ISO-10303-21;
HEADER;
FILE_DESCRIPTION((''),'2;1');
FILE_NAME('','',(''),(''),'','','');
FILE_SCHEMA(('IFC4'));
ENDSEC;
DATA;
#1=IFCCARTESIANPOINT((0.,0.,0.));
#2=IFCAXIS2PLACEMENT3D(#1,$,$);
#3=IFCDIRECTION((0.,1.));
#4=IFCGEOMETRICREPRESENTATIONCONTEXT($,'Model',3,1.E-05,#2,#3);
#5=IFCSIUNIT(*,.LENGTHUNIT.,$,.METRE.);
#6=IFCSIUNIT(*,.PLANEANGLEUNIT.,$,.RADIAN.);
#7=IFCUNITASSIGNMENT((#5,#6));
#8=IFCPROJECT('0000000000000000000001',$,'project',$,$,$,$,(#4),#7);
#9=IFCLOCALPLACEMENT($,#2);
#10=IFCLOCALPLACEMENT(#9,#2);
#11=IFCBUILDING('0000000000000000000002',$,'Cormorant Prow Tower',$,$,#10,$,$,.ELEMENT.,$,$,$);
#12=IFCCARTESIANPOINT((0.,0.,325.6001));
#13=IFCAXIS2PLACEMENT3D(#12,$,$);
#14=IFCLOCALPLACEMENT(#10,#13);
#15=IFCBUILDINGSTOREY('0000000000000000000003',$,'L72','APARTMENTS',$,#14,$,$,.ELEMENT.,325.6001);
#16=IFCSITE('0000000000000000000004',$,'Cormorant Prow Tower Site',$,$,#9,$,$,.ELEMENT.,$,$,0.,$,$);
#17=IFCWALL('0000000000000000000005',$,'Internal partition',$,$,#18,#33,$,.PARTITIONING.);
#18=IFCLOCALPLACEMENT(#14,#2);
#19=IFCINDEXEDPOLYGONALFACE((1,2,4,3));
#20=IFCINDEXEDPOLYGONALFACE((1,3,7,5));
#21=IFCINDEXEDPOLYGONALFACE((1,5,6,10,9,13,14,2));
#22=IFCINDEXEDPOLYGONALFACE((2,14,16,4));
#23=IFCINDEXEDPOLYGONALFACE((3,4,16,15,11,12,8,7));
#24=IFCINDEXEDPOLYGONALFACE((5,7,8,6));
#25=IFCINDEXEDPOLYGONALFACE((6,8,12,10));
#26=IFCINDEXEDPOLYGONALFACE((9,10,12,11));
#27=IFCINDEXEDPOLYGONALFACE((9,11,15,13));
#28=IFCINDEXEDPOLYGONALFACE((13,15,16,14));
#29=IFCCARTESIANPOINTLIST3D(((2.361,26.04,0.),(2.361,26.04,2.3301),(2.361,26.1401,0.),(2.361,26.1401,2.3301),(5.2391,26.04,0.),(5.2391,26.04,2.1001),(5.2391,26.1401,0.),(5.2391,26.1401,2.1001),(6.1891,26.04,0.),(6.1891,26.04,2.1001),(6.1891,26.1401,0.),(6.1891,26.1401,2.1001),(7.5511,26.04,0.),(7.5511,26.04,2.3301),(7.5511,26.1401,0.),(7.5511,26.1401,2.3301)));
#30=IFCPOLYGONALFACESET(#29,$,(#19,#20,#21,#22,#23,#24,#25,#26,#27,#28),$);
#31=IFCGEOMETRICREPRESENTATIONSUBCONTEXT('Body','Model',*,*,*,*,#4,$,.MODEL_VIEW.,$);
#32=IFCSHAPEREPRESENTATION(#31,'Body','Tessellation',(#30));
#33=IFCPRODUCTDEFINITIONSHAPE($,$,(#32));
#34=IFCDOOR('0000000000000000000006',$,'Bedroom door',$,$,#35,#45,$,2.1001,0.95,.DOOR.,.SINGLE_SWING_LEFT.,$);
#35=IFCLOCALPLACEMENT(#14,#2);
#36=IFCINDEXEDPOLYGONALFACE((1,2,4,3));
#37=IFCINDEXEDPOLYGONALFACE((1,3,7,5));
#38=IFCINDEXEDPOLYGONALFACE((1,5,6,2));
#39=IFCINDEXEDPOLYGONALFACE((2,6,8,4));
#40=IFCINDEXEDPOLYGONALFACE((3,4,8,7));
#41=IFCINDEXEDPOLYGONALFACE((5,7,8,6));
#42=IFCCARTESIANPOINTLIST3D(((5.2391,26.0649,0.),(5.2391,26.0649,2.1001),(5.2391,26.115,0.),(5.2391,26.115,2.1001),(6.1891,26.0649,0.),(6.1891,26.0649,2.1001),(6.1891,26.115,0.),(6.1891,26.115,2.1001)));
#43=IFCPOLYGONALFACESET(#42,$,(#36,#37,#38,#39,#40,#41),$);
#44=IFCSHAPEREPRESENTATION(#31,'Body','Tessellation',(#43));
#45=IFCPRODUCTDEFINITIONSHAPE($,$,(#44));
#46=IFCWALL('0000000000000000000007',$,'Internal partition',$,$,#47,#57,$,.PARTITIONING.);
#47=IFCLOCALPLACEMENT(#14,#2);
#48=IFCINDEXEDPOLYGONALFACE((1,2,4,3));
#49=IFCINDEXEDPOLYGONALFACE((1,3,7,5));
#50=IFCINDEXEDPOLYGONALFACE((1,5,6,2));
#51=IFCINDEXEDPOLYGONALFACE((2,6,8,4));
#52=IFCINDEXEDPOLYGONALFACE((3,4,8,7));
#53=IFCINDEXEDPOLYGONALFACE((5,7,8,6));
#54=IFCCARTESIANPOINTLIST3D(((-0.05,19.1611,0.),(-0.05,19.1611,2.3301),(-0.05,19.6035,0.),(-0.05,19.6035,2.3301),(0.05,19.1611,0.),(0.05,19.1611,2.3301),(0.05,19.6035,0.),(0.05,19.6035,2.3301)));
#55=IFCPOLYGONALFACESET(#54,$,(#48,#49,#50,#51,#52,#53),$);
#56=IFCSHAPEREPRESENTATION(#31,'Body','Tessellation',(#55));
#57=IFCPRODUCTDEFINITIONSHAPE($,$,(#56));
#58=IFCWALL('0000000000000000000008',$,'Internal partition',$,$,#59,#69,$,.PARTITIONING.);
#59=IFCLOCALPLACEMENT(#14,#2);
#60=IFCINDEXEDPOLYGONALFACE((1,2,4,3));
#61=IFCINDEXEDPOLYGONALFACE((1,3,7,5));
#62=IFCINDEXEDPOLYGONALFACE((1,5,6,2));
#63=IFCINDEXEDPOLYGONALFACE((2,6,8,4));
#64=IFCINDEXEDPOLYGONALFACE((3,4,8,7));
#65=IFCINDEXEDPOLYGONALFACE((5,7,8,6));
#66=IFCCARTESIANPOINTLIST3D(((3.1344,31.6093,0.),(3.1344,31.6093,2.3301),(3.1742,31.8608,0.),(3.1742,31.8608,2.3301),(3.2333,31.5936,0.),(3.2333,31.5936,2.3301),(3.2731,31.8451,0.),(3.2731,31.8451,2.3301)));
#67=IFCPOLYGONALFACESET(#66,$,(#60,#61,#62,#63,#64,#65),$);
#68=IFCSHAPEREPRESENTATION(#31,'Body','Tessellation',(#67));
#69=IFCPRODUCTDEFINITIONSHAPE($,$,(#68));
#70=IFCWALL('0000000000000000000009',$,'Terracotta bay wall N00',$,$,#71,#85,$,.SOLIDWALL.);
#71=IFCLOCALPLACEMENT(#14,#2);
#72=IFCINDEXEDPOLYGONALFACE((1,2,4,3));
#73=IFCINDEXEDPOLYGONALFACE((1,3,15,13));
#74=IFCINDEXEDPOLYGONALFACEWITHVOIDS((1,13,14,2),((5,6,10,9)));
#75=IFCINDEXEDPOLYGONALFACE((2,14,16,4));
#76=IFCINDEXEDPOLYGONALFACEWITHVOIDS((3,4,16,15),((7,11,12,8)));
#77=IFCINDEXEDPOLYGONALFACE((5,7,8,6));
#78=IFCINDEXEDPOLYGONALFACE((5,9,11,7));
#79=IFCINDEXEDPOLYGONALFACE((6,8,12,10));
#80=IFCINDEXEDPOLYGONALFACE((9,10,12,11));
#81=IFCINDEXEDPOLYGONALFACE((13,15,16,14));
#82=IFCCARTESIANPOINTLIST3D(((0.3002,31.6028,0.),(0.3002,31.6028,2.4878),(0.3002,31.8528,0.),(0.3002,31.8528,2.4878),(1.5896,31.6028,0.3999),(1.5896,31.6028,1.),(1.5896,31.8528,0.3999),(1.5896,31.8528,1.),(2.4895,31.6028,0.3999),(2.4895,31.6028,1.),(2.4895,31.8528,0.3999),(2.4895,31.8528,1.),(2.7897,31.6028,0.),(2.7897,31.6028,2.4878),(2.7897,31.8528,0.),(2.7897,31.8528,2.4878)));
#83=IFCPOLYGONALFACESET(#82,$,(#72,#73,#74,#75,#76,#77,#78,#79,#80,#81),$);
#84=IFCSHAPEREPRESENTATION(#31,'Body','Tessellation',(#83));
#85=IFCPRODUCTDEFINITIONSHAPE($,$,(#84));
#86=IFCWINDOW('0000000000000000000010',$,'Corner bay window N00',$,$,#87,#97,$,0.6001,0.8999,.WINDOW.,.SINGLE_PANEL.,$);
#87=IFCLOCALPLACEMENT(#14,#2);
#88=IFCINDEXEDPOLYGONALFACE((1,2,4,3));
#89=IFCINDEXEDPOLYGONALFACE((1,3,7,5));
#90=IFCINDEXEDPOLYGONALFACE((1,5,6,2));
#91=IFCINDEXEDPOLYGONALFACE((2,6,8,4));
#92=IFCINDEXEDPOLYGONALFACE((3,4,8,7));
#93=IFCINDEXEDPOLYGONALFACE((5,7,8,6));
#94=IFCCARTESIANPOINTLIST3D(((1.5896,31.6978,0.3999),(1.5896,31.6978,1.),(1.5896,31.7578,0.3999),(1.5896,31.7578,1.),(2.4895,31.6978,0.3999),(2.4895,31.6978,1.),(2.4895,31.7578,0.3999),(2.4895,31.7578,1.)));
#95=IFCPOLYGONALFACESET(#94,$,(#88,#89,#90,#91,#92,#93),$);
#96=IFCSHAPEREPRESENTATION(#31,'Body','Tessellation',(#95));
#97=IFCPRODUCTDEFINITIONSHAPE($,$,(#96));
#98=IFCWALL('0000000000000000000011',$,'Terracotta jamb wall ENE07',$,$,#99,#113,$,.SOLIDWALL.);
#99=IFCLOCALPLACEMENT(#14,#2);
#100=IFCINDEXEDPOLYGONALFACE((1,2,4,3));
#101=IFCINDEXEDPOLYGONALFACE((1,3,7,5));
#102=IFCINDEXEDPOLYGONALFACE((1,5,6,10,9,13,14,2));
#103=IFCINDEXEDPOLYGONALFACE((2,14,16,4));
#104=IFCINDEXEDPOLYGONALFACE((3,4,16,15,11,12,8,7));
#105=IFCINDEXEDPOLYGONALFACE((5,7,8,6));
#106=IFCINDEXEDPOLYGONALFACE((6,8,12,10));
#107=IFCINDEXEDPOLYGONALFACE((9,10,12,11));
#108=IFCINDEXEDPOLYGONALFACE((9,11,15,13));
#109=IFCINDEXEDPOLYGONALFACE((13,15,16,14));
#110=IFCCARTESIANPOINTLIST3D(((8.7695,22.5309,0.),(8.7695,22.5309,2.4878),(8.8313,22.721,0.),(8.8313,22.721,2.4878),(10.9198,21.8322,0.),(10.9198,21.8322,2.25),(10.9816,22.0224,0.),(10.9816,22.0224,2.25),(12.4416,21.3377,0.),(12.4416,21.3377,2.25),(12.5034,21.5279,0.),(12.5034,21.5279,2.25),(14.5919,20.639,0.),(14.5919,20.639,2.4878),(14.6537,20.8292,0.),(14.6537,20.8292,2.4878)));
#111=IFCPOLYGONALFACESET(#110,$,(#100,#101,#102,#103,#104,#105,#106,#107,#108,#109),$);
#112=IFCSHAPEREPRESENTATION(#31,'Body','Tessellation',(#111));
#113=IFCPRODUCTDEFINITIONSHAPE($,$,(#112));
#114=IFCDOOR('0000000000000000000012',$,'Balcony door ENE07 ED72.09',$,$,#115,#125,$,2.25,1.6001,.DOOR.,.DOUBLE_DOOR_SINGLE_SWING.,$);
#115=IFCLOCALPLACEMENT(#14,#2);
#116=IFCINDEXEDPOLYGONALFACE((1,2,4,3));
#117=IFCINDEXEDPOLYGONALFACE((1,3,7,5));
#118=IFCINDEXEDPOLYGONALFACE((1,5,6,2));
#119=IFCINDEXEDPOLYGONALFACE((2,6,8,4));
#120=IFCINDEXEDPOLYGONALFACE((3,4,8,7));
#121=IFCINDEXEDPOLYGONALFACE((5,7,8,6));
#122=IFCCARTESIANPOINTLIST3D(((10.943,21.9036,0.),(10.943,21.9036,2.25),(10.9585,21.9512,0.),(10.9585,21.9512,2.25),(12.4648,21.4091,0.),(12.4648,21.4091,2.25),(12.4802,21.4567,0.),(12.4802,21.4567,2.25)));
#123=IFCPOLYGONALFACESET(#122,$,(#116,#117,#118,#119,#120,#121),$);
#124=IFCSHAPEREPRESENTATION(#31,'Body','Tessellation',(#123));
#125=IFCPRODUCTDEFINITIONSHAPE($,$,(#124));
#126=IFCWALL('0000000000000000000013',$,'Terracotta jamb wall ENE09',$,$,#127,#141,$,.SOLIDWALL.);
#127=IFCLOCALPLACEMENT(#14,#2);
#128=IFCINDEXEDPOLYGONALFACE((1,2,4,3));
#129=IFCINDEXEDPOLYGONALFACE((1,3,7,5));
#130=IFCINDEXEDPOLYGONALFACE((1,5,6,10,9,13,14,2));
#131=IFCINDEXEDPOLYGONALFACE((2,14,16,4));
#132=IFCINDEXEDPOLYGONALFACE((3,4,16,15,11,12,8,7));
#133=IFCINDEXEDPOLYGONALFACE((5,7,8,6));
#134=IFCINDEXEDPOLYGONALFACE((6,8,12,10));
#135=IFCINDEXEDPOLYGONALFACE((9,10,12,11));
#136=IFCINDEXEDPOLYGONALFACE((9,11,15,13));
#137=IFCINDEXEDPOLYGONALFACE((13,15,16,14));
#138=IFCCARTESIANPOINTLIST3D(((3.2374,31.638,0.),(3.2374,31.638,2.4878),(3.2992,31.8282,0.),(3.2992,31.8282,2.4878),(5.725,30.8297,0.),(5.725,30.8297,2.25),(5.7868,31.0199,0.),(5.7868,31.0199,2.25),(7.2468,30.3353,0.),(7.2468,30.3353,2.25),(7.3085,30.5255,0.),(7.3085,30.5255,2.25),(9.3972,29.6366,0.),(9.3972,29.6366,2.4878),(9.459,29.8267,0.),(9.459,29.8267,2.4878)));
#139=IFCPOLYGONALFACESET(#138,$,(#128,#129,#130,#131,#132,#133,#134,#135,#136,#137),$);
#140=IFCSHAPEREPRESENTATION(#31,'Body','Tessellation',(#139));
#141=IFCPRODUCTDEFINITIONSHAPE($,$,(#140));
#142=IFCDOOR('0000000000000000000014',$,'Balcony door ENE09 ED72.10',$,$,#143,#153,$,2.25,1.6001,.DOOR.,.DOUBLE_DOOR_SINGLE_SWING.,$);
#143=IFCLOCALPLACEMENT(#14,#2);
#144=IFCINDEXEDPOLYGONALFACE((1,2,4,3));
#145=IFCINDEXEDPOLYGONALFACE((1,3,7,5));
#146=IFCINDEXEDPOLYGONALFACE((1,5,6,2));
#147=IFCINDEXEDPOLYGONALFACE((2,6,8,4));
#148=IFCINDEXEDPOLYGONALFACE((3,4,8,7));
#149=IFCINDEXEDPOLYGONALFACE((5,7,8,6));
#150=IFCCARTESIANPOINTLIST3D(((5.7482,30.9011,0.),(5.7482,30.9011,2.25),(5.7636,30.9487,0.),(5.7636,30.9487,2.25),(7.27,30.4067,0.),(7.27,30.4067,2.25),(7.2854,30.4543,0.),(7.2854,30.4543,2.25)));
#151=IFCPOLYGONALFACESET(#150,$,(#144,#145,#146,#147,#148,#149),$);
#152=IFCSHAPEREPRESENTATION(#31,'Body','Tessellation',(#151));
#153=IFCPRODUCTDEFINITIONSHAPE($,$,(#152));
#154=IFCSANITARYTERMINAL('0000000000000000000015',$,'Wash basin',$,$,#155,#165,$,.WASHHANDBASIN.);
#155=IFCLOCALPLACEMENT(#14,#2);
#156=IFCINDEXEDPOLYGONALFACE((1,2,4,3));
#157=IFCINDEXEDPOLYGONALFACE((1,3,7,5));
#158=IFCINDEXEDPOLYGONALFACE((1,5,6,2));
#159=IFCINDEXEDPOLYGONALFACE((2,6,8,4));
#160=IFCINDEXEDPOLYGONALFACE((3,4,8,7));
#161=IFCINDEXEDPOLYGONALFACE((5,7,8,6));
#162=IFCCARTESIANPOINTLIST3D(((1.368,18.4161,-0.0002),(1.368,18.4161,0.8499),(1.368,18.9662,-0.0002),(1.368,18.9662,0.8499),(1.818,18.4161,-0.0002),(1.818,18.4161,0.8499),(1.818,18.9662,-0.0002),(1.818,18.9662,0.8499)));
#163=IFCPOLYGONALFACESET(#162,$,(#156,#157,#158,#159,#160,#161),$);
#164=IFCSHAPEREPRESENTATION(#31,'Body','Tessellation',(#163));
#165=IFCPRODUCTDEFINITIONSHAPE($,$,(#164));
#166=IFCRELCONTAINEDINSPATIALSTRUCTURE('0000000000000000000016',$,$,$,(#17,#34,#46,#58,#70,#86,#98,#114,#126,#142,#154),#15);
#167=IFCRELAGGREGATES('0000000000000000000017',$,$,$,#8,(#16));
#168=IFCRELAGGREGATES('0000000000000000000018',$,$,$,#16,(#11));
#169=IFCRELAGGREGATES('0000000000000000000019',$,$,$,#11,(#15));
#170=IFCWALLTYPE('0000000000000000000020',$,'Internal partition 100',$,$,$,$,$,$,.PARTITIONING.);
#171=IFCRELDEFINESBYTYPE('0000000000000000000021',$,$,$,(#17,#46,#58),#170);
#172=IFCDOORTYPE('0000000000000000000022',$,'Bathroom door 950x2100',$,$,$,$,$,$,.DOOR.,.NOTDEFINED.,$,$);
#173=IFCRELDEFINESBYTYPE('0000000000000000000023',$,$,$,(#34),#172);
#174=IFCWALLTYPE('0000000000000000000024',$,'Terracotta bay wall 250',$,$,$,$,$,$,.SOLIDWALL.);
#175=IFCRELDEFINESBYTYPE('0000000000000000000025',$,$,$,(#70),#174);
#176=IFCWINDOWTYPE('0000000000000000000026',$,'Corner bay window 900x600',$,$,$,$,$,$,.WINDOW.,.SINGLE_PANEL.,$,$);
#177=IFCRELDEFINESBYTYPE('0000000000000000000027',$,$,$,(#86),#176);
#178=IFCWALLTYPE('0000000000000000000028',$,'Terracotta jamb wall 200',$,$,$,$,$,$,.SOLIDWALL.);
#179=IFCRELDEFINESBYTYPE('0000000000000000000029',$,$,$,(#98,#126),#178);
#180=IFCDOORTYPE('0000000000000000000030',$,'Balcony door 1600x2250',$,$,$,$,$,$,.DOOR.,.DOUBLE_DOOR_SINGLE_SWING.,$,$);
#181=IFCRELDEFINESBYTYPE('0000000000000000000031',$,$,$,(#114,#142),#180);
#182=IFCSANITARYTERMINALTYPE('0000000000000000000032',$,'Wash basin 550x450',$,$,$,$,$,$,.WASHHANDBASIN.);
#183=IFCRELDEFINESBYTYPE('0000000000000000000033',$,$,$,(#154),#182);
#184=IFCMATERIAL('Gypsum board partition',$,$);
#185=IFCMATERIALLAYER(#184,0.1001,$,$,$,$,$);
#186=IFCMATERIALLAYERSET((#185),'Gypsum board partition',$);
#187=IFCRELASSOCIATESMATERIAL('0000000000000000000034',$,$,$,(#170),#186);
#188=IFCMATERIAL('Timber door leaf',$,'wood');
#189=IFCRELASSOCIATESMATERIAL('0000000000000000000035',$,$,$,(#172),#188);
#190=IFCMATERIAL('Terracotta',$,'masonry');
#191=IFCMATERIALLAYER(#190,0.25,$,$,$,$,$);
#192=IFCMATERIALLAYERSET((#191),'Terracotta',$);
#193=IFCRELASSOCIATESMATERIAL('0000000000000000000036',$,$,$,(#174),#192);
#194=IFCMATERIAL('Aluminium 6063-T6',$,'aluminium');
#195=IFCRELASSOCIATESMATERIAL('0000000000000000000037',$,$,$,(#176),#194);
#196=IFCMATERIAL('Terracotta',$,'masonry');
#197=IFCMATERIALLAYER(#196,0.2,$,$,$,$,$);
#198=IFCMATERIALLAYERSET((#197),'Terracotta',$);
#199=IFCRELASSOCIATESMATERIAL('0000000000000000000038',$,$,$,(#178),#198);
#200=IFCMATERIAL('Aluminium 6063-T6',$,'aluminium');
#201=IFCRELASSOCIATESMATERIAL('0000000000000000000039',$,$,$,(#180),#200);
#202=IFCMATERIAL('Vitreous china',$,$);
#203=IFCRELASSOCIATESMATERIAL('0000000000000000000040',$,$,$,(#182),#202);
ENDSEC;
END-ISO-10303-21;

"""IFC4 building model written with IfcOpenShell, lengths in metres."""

from ifc_helpers import new_model, si_unit, direction, frame, frame_2d, origin, origin_2d, place, context, subcontext, project, spatial, rectangle, extrude, material, layer, layer_set, type_object, element, fill, save


model = new_model("IFC4")

# Units and contexts
model_context = context("Model", 3, precision=1e-05, world=origin(), true_north=direction((0.0, 1.0)))
body_context = subcontext(model_context, "Body", "Model", "MODEL_VIEW")
ifc_project = project(units=[si_unit("LENGTHUNIT", "METRE"), si_unit("PLANEANGLEUNIT", "RADIAN")], contexts=[model_context])

# Site, building, storey
site_placement = place(None, origin())
site = spatial("IfcSite", under=ifc_project, at=site_placement, Name="Cormorant Prow Tower Site", CompositionType="ELEMENT", RefElevation=0.0)
building_placement = place(site_placement, origin())
building = spatial("IfcBuilding", under=site, at=building_placement, Name="Cormorant Prow Tower", CompositionType="ELEMENT")
storey_placement = place(building_placement, frame((0.0, 0.0, 325.6001)))
storey = spatial("IfcBuildingStorey", under=building, at=storey_placement, Name="L72", Description="APARTMENTS", CompositionType="ELEMENT", Elevation=325.6001)

# Wall, opening, door
ifc_material_1 = material(Name="Gypsum board partition")
ifc_layer_1 = layer(ifc_material_1, 0.1001)
ifc_layer_set_1 = layer_set([ifc_layer_1], Name="Gypsum board partition")
wall_type_1 = type_object("IfcWallType", Name="Internal partition 100", PredefinedType="PARTITIONING", material=ifc_layer_set_1)
ifc_material_2 = material(Name="Timber door leaf", Category="wood")
door_type_1 = type_object("IfcDoorType", Name="Bathroom door 950x2100", OperationType="NOTDEFINED", PredefinedType="DOOR", material=ifc_material_2)
wall_1_placement = place(storey_placement, frame((2.3608, 26.0901, 0.0), z_axis=(0.0, 0.0, 1.0), x_axis=(1.0, 0.0, 0.0)))
wall_1 = element("IfcWall", 1, at=wall_1_placement, inside=storey, type_object=wall_type_1, Name="Internal partition", PredefinedType="PARTITIONING", context=body_context, shape_type="SweptSolid", body=[
    extrude(rectangle(XDim=5.1902, YDim=0.1001, at=frame_2d((2.5952, 0.0))), origin(), (0.0, 0.0, 1.0), 2.3301),
])
opening_1_placement = place(wall_1_placement, frame((2.8782, 0.0, 0.0)))
opening_1 = element("IfcOpeningElement", 2, at=opening_1_placement, cuts=wall_1, PredefinedType="OPENING", context=body_context, shape_type="SweptSolid", body=[
    extrude(rectangle(XDim=0.95, YDim=2.1001, at=frame_2d((0.4751, 1.05))), frame((0.0, 0.0601, 0.0), z_axis=(0.0, -1.0, 0.0), x_axis=(1.0, 0.0, 0.0)), (0.0, 0.0, 1.0), 0.1201),
])
door_1_placement = place(opening_1_placement, origin())
door_1 = element("IfcDoor", 3, at=door_1_placement, inside=storey, type_object=door_type_1, Name="Bedroom door", OperationType="SINGLE_SWING_LEFT", OverallHeight=2.1001, OverallWidth=0.95, PredefinedType="DOOR", context=body_context, shape_type="SweptSolid", body=[
    extrude(rectangle(XDim=0.95, YDim=2.1001, at=frame_2d((0.4751, 1.05))), frame((0.0, 0.0249, 0.0), z_axis=(0.0, -1.0, 0.0), x_axis=(1.0, 0.0, 0.0)), (0.0, 0.0, 1.0), 0.05),
])
fill(opening_1, door_1)

# Walls
wall_2_placement = place(storey_placement, frame((0.0, 19.1611, 0.0), z_axis=(0.0, 0.0, 1.0), x_axis=(0.0, 1.0, 0.0)))
element("IfcWall", 4, at=wall_2_placement, inside=storey, type_object=wall_type_1, Name="Internal partition", PredefinedType="PARTITIONING", context=body_context, shape_type="SweptSolid", body=[
    extrude(rectangle(XDim=0.4424, YDim=0.1001, at=frame_2d((0.2212, 0.0))), origin(), (0.0, 0.0, 1.0), 2.3301),
])
wall_3_placement = place(storey_placement, frame((3.1838, 31.6013, 0.0), z_axis=(0.0, 0.0, 1.0), x_axis=(0.156307, 0.987708, 0.0)))
element("IfcWall", 5, at=wall_3_placement, inside=storey, type_object=wall_type_1, Name="Internal partition", PredefinedType="PARTITIONING", context=body_context, shape_type="SweptSolid", body=[
    extrude(rectangle(XDim=0.2546, YDim=0.1001, at=frame_2d((0.1274, 0.0))), origin(), (0.0, 0.0, 1.0), 2.3301),
])

# Wall, opening, window
ifc_material_3 = material(Name="Terracotta", Category="masonry")
ifc_layer_2 = layer(ifc_material_3, 0.25)
ifc_layer_set_2 = layer_set([ifc_layer_2], Name="Terracotta")
wall_type_2 = type_object("IfcWallType", Name="Terracotta bay wall 250", PredefinedType="SOLIDWALL", material=ifc_layer_set_2)
wall_4_placement = place(storey_placement, frame((2.7896, 31.7278, 0.0), z_axis=(0.0, 0.0, 1.0), x_axis=(-1.0, 0.0, 0.0)))
wall_4 = element("IfcWall", 6, at=wall_4_placement, inside=storey, type_object=wall_type_2, Name="Terracotta bay wall N00", PredefinedType="SOLIDWALL", context=body_context, shape_type="SweptSolid", body=[
    extrude(rectangle(XDim=2.4895, YDim=0.25, at=frame_2d((1.2446, 0.0))), origin(), (0.0, 0.0, 1.0), 2.4878),
])
opening_2_placement = place(wall_4_placement, frame((0.3, 0.0, 0.3999)))
opening_2 = element("IfcOpeningElement", 7, at=opening_2_placement, cuts=wall_4, PredefinedType="OPENING", context=body_context, shape_type="SweptSolid", body=[
    extrude(rectangle(XDim=0.8999, YDim=0.6001, at=frame_2d((0.45, 0.3))), frame((0.0, 0.135, 0.0), z_axis=(0.0, -1.0, 0.0), x_axis=(1.0, 0.0, 0.0)), (0.0, 0.0, 1.0), 0.27),
])
ifc_material_4 = material(Name="Aluminium 6063-T6", Category="aluminium")
window_type = type_object("IfcWindowType", Name="Corner bay window 900x600", PartitioningType="SINGLE_PANEL", PredefinedType="WINDOW", material=ifc_material_4)
window_placement = place(opening_2_placement, origin())
window = element("IfcWindow", 8, at=window_placement, inside=storey, type_object=window_type, Name="Corner bay window N00", OverallHeight=0.6001, OverallWidth=0.8999, PartitioningType="SINGLE_PANEL", PredefinedType="WINDOW", context=body_context, shape_type="SweptSolid", body=[
    extrude(rectangle(XDim=0.8999, YDim=0.6001, at=frame_2d((0.45, 0.3))), frame((0.0, 0.03, 0.0), z_axis=(0.0, -1.0, 0.0), x_axis=(1.0, 0.0, 0.0)), (0.0, 0.0, 1.0), 0.0601),
])
fill(opening_2, window)

# Walls, openings, doors
ifc_material_5 = material(Name="Terracotta", Category="masonry")
ifc_layer_3 = layer(ifc_material_5, 0.2)
ifc_layer_set_3 = layer_set([ifc_layer_3], Name="Terracotta")
wall_type_3 = type_object("IfcWallType", Name="Terracotta jamb wall 200", PredefinedType="SOLIDWALL", material=ifc_layer_set_3)
wall_5_placement = place(storey_placement, frame((14.6228, 20.7341, 0.0), z_axis=(0.0, 0.0, 1.0), x_axis=(-0.951057, 0.309017, 0.0)))
wall_5 = element("IfcWall", 9, at=wall_5_placement, inside=storey, type_object=wall_type_3, Name="Terracotta jamb wall ENE07", PredefinedType="SOLIDWALL", context=body_context, shape_type="SweptSolid", body=[
    extrude(rectangle(XDim=6.1221, YDim=0.2, at=frame_2d((3.061, 0.0))), origin(), (0.0, 0.0, 1.0), 2.4878),
])
opening_3_placement = place(wall_5_placement, frame((2.261, 0.0, 0.0)))
opening_3 = element("IfcOpeningElement", 10, at=opening_3_placement, cuts=wall_5, PredefinedType="OPENING", context=body_context, shape_type="SweptSolid", body=[
    extrude(rectangle(XDim=1.6001, YDim=2.25, at=frame_2d((0.8, 1.125))), frame((0.0, 0.1099, 0.0), z_axis=(0.0, -1.0, 0.0), x_axis=(1.0, 0.0, 0.0)), (0.0, 0.0, 1.0), 0.22),
])
ifc_material_6 = material(Name="Aluminium 6063-T6", Category="aluminium")
door_type_2 = type_object("IfcDoorType", Name="Balcony door 1600x2250", OperationType="DOUBLE_DOOR_SINGLE_SWING", PredefinedType="DOOR", material=ifc_material_6)
door_2_placement = place(opening_3_placement, origin())
door_2 = element("IfcDoor", 11, at=door_2_placement, inside=storey, type_object=door_type_2, Name="Balcony door ENE07 ED72.09", OperationType="DOUBLE_DOOR_SINGLE_SWING", OverallHeight=2.25, OverallWidth=1.6001, PredefinedType="DOOR", context=body_context, shape_type="SweptSolid", body=[
    extrude(rectangle(XDim=1.6001, YDim=2.25, at=frame_2d((0.8, 1.125))), frame((0.0, 0.0249, 0.0), z_axis=(0.0, -1.0, 0.0), x_axis=(1.0, 0.0, 0.0)), (0.0, 0.0, 1.0), 0.05),
])
fill(opening_3, door_2)
wall_6_placement = place(storey_placement, frame((9.428, 29.7317, 0.0), z_axis=(0.0, 0.0, 1.0), x_axis=(-0.951057, 0.309015, 0.0)))
wall_6 = element("IfcWall", 12, at=wall_6_placement, inside=storey, type_object=wall_type_3, Name="Terracotta jamb wall ENE09", PredefinedType="SOLIDWALL", context=body_context, shape_type="SweptSolid", body=[
    extrude(rectangle(XDim=6.4768, YDim=0.2, at=frame_2d((3.2383, 0.0))), origin(), (0.0, 0.0, 1.0), 2.4878),
])
opening_4_placement = place(wall_6_placement, frame((2.261, 0.0, 0.0)))
opening_4 = element("IfcOpeningElement", 13, at=opening_4_placement, cuts=wall_6, PredefinedType="OPENING", context=body_context, shape_type="SweptSolid", body=[
    extrude(rectangle(XDim=1.6001, YDim=2.25, at=frame_2d((0.8, 1.125))), frame((0.0, 0.1099, 0.0), z_axis=(0.0, -1.0, 0.0), x_axis=(1.0, 0.0, 0.0)), (0.0, 0.0, 1.0), 0.22),
])
door_3_placement = place(opening_4_placement, origin())
door_3 = element("IfcDoor", 14, at=door_3_placement, inside=storey, type_object=door_type_2, Name="Balcony door ENE09 ED72.10", OperationType="DOUBLE_DOOR_SINGLE_SWING", OverallHeight=2.25, OverallWidth=1.6001, PredefinedType="DOOR", context=body_context, shape_type="SweptSolid", body=[
    extrude(rectangle(XDim=1.6001, YDim=2.25, at=frame_2d((0.8, 1.125))), frame((0.0, 0.0249, 0.0), z_axis=(0.0, -1.0, 0.0), x_axis=(1.0, 0.0, 0.0)), (0.0, 0.0, 1.0), 0.05),
])
fill(opening_4, door_3)

# Sanitary terminal
ifc_material_7 = material(Name="Vitreous china")
sanitary_terminal_type = type_object("IfcSanitaryTerminalType", Name="Wash basin 550x450", PredefinedType="WASHHANDBASIN", material=ifc_material_7)
sanitary_terminal_placement = place(storey_placement, frame((1.593, 18.6912, -0.0002), z_axis=(0.0, 0.0, 1.0), x_axis=(0.0, -1.0, 0.0)))
element("IfcSanitaryTerminal", 15, at=sanitary_terminal_placement, inside=storey, type_object=sanitary_terminal_type, Name="Wash basin", PredefinedType="WASHHANDBASIN", context=body_context, shape_type="SweptSolid", body=[
    extrude(rectangle(XDim=0.55, YDim=0.45, at=origin_2d()), origin(), (0.0, 0.0, 1.0), 0.8501),
])

save(model, "model.ifc")
